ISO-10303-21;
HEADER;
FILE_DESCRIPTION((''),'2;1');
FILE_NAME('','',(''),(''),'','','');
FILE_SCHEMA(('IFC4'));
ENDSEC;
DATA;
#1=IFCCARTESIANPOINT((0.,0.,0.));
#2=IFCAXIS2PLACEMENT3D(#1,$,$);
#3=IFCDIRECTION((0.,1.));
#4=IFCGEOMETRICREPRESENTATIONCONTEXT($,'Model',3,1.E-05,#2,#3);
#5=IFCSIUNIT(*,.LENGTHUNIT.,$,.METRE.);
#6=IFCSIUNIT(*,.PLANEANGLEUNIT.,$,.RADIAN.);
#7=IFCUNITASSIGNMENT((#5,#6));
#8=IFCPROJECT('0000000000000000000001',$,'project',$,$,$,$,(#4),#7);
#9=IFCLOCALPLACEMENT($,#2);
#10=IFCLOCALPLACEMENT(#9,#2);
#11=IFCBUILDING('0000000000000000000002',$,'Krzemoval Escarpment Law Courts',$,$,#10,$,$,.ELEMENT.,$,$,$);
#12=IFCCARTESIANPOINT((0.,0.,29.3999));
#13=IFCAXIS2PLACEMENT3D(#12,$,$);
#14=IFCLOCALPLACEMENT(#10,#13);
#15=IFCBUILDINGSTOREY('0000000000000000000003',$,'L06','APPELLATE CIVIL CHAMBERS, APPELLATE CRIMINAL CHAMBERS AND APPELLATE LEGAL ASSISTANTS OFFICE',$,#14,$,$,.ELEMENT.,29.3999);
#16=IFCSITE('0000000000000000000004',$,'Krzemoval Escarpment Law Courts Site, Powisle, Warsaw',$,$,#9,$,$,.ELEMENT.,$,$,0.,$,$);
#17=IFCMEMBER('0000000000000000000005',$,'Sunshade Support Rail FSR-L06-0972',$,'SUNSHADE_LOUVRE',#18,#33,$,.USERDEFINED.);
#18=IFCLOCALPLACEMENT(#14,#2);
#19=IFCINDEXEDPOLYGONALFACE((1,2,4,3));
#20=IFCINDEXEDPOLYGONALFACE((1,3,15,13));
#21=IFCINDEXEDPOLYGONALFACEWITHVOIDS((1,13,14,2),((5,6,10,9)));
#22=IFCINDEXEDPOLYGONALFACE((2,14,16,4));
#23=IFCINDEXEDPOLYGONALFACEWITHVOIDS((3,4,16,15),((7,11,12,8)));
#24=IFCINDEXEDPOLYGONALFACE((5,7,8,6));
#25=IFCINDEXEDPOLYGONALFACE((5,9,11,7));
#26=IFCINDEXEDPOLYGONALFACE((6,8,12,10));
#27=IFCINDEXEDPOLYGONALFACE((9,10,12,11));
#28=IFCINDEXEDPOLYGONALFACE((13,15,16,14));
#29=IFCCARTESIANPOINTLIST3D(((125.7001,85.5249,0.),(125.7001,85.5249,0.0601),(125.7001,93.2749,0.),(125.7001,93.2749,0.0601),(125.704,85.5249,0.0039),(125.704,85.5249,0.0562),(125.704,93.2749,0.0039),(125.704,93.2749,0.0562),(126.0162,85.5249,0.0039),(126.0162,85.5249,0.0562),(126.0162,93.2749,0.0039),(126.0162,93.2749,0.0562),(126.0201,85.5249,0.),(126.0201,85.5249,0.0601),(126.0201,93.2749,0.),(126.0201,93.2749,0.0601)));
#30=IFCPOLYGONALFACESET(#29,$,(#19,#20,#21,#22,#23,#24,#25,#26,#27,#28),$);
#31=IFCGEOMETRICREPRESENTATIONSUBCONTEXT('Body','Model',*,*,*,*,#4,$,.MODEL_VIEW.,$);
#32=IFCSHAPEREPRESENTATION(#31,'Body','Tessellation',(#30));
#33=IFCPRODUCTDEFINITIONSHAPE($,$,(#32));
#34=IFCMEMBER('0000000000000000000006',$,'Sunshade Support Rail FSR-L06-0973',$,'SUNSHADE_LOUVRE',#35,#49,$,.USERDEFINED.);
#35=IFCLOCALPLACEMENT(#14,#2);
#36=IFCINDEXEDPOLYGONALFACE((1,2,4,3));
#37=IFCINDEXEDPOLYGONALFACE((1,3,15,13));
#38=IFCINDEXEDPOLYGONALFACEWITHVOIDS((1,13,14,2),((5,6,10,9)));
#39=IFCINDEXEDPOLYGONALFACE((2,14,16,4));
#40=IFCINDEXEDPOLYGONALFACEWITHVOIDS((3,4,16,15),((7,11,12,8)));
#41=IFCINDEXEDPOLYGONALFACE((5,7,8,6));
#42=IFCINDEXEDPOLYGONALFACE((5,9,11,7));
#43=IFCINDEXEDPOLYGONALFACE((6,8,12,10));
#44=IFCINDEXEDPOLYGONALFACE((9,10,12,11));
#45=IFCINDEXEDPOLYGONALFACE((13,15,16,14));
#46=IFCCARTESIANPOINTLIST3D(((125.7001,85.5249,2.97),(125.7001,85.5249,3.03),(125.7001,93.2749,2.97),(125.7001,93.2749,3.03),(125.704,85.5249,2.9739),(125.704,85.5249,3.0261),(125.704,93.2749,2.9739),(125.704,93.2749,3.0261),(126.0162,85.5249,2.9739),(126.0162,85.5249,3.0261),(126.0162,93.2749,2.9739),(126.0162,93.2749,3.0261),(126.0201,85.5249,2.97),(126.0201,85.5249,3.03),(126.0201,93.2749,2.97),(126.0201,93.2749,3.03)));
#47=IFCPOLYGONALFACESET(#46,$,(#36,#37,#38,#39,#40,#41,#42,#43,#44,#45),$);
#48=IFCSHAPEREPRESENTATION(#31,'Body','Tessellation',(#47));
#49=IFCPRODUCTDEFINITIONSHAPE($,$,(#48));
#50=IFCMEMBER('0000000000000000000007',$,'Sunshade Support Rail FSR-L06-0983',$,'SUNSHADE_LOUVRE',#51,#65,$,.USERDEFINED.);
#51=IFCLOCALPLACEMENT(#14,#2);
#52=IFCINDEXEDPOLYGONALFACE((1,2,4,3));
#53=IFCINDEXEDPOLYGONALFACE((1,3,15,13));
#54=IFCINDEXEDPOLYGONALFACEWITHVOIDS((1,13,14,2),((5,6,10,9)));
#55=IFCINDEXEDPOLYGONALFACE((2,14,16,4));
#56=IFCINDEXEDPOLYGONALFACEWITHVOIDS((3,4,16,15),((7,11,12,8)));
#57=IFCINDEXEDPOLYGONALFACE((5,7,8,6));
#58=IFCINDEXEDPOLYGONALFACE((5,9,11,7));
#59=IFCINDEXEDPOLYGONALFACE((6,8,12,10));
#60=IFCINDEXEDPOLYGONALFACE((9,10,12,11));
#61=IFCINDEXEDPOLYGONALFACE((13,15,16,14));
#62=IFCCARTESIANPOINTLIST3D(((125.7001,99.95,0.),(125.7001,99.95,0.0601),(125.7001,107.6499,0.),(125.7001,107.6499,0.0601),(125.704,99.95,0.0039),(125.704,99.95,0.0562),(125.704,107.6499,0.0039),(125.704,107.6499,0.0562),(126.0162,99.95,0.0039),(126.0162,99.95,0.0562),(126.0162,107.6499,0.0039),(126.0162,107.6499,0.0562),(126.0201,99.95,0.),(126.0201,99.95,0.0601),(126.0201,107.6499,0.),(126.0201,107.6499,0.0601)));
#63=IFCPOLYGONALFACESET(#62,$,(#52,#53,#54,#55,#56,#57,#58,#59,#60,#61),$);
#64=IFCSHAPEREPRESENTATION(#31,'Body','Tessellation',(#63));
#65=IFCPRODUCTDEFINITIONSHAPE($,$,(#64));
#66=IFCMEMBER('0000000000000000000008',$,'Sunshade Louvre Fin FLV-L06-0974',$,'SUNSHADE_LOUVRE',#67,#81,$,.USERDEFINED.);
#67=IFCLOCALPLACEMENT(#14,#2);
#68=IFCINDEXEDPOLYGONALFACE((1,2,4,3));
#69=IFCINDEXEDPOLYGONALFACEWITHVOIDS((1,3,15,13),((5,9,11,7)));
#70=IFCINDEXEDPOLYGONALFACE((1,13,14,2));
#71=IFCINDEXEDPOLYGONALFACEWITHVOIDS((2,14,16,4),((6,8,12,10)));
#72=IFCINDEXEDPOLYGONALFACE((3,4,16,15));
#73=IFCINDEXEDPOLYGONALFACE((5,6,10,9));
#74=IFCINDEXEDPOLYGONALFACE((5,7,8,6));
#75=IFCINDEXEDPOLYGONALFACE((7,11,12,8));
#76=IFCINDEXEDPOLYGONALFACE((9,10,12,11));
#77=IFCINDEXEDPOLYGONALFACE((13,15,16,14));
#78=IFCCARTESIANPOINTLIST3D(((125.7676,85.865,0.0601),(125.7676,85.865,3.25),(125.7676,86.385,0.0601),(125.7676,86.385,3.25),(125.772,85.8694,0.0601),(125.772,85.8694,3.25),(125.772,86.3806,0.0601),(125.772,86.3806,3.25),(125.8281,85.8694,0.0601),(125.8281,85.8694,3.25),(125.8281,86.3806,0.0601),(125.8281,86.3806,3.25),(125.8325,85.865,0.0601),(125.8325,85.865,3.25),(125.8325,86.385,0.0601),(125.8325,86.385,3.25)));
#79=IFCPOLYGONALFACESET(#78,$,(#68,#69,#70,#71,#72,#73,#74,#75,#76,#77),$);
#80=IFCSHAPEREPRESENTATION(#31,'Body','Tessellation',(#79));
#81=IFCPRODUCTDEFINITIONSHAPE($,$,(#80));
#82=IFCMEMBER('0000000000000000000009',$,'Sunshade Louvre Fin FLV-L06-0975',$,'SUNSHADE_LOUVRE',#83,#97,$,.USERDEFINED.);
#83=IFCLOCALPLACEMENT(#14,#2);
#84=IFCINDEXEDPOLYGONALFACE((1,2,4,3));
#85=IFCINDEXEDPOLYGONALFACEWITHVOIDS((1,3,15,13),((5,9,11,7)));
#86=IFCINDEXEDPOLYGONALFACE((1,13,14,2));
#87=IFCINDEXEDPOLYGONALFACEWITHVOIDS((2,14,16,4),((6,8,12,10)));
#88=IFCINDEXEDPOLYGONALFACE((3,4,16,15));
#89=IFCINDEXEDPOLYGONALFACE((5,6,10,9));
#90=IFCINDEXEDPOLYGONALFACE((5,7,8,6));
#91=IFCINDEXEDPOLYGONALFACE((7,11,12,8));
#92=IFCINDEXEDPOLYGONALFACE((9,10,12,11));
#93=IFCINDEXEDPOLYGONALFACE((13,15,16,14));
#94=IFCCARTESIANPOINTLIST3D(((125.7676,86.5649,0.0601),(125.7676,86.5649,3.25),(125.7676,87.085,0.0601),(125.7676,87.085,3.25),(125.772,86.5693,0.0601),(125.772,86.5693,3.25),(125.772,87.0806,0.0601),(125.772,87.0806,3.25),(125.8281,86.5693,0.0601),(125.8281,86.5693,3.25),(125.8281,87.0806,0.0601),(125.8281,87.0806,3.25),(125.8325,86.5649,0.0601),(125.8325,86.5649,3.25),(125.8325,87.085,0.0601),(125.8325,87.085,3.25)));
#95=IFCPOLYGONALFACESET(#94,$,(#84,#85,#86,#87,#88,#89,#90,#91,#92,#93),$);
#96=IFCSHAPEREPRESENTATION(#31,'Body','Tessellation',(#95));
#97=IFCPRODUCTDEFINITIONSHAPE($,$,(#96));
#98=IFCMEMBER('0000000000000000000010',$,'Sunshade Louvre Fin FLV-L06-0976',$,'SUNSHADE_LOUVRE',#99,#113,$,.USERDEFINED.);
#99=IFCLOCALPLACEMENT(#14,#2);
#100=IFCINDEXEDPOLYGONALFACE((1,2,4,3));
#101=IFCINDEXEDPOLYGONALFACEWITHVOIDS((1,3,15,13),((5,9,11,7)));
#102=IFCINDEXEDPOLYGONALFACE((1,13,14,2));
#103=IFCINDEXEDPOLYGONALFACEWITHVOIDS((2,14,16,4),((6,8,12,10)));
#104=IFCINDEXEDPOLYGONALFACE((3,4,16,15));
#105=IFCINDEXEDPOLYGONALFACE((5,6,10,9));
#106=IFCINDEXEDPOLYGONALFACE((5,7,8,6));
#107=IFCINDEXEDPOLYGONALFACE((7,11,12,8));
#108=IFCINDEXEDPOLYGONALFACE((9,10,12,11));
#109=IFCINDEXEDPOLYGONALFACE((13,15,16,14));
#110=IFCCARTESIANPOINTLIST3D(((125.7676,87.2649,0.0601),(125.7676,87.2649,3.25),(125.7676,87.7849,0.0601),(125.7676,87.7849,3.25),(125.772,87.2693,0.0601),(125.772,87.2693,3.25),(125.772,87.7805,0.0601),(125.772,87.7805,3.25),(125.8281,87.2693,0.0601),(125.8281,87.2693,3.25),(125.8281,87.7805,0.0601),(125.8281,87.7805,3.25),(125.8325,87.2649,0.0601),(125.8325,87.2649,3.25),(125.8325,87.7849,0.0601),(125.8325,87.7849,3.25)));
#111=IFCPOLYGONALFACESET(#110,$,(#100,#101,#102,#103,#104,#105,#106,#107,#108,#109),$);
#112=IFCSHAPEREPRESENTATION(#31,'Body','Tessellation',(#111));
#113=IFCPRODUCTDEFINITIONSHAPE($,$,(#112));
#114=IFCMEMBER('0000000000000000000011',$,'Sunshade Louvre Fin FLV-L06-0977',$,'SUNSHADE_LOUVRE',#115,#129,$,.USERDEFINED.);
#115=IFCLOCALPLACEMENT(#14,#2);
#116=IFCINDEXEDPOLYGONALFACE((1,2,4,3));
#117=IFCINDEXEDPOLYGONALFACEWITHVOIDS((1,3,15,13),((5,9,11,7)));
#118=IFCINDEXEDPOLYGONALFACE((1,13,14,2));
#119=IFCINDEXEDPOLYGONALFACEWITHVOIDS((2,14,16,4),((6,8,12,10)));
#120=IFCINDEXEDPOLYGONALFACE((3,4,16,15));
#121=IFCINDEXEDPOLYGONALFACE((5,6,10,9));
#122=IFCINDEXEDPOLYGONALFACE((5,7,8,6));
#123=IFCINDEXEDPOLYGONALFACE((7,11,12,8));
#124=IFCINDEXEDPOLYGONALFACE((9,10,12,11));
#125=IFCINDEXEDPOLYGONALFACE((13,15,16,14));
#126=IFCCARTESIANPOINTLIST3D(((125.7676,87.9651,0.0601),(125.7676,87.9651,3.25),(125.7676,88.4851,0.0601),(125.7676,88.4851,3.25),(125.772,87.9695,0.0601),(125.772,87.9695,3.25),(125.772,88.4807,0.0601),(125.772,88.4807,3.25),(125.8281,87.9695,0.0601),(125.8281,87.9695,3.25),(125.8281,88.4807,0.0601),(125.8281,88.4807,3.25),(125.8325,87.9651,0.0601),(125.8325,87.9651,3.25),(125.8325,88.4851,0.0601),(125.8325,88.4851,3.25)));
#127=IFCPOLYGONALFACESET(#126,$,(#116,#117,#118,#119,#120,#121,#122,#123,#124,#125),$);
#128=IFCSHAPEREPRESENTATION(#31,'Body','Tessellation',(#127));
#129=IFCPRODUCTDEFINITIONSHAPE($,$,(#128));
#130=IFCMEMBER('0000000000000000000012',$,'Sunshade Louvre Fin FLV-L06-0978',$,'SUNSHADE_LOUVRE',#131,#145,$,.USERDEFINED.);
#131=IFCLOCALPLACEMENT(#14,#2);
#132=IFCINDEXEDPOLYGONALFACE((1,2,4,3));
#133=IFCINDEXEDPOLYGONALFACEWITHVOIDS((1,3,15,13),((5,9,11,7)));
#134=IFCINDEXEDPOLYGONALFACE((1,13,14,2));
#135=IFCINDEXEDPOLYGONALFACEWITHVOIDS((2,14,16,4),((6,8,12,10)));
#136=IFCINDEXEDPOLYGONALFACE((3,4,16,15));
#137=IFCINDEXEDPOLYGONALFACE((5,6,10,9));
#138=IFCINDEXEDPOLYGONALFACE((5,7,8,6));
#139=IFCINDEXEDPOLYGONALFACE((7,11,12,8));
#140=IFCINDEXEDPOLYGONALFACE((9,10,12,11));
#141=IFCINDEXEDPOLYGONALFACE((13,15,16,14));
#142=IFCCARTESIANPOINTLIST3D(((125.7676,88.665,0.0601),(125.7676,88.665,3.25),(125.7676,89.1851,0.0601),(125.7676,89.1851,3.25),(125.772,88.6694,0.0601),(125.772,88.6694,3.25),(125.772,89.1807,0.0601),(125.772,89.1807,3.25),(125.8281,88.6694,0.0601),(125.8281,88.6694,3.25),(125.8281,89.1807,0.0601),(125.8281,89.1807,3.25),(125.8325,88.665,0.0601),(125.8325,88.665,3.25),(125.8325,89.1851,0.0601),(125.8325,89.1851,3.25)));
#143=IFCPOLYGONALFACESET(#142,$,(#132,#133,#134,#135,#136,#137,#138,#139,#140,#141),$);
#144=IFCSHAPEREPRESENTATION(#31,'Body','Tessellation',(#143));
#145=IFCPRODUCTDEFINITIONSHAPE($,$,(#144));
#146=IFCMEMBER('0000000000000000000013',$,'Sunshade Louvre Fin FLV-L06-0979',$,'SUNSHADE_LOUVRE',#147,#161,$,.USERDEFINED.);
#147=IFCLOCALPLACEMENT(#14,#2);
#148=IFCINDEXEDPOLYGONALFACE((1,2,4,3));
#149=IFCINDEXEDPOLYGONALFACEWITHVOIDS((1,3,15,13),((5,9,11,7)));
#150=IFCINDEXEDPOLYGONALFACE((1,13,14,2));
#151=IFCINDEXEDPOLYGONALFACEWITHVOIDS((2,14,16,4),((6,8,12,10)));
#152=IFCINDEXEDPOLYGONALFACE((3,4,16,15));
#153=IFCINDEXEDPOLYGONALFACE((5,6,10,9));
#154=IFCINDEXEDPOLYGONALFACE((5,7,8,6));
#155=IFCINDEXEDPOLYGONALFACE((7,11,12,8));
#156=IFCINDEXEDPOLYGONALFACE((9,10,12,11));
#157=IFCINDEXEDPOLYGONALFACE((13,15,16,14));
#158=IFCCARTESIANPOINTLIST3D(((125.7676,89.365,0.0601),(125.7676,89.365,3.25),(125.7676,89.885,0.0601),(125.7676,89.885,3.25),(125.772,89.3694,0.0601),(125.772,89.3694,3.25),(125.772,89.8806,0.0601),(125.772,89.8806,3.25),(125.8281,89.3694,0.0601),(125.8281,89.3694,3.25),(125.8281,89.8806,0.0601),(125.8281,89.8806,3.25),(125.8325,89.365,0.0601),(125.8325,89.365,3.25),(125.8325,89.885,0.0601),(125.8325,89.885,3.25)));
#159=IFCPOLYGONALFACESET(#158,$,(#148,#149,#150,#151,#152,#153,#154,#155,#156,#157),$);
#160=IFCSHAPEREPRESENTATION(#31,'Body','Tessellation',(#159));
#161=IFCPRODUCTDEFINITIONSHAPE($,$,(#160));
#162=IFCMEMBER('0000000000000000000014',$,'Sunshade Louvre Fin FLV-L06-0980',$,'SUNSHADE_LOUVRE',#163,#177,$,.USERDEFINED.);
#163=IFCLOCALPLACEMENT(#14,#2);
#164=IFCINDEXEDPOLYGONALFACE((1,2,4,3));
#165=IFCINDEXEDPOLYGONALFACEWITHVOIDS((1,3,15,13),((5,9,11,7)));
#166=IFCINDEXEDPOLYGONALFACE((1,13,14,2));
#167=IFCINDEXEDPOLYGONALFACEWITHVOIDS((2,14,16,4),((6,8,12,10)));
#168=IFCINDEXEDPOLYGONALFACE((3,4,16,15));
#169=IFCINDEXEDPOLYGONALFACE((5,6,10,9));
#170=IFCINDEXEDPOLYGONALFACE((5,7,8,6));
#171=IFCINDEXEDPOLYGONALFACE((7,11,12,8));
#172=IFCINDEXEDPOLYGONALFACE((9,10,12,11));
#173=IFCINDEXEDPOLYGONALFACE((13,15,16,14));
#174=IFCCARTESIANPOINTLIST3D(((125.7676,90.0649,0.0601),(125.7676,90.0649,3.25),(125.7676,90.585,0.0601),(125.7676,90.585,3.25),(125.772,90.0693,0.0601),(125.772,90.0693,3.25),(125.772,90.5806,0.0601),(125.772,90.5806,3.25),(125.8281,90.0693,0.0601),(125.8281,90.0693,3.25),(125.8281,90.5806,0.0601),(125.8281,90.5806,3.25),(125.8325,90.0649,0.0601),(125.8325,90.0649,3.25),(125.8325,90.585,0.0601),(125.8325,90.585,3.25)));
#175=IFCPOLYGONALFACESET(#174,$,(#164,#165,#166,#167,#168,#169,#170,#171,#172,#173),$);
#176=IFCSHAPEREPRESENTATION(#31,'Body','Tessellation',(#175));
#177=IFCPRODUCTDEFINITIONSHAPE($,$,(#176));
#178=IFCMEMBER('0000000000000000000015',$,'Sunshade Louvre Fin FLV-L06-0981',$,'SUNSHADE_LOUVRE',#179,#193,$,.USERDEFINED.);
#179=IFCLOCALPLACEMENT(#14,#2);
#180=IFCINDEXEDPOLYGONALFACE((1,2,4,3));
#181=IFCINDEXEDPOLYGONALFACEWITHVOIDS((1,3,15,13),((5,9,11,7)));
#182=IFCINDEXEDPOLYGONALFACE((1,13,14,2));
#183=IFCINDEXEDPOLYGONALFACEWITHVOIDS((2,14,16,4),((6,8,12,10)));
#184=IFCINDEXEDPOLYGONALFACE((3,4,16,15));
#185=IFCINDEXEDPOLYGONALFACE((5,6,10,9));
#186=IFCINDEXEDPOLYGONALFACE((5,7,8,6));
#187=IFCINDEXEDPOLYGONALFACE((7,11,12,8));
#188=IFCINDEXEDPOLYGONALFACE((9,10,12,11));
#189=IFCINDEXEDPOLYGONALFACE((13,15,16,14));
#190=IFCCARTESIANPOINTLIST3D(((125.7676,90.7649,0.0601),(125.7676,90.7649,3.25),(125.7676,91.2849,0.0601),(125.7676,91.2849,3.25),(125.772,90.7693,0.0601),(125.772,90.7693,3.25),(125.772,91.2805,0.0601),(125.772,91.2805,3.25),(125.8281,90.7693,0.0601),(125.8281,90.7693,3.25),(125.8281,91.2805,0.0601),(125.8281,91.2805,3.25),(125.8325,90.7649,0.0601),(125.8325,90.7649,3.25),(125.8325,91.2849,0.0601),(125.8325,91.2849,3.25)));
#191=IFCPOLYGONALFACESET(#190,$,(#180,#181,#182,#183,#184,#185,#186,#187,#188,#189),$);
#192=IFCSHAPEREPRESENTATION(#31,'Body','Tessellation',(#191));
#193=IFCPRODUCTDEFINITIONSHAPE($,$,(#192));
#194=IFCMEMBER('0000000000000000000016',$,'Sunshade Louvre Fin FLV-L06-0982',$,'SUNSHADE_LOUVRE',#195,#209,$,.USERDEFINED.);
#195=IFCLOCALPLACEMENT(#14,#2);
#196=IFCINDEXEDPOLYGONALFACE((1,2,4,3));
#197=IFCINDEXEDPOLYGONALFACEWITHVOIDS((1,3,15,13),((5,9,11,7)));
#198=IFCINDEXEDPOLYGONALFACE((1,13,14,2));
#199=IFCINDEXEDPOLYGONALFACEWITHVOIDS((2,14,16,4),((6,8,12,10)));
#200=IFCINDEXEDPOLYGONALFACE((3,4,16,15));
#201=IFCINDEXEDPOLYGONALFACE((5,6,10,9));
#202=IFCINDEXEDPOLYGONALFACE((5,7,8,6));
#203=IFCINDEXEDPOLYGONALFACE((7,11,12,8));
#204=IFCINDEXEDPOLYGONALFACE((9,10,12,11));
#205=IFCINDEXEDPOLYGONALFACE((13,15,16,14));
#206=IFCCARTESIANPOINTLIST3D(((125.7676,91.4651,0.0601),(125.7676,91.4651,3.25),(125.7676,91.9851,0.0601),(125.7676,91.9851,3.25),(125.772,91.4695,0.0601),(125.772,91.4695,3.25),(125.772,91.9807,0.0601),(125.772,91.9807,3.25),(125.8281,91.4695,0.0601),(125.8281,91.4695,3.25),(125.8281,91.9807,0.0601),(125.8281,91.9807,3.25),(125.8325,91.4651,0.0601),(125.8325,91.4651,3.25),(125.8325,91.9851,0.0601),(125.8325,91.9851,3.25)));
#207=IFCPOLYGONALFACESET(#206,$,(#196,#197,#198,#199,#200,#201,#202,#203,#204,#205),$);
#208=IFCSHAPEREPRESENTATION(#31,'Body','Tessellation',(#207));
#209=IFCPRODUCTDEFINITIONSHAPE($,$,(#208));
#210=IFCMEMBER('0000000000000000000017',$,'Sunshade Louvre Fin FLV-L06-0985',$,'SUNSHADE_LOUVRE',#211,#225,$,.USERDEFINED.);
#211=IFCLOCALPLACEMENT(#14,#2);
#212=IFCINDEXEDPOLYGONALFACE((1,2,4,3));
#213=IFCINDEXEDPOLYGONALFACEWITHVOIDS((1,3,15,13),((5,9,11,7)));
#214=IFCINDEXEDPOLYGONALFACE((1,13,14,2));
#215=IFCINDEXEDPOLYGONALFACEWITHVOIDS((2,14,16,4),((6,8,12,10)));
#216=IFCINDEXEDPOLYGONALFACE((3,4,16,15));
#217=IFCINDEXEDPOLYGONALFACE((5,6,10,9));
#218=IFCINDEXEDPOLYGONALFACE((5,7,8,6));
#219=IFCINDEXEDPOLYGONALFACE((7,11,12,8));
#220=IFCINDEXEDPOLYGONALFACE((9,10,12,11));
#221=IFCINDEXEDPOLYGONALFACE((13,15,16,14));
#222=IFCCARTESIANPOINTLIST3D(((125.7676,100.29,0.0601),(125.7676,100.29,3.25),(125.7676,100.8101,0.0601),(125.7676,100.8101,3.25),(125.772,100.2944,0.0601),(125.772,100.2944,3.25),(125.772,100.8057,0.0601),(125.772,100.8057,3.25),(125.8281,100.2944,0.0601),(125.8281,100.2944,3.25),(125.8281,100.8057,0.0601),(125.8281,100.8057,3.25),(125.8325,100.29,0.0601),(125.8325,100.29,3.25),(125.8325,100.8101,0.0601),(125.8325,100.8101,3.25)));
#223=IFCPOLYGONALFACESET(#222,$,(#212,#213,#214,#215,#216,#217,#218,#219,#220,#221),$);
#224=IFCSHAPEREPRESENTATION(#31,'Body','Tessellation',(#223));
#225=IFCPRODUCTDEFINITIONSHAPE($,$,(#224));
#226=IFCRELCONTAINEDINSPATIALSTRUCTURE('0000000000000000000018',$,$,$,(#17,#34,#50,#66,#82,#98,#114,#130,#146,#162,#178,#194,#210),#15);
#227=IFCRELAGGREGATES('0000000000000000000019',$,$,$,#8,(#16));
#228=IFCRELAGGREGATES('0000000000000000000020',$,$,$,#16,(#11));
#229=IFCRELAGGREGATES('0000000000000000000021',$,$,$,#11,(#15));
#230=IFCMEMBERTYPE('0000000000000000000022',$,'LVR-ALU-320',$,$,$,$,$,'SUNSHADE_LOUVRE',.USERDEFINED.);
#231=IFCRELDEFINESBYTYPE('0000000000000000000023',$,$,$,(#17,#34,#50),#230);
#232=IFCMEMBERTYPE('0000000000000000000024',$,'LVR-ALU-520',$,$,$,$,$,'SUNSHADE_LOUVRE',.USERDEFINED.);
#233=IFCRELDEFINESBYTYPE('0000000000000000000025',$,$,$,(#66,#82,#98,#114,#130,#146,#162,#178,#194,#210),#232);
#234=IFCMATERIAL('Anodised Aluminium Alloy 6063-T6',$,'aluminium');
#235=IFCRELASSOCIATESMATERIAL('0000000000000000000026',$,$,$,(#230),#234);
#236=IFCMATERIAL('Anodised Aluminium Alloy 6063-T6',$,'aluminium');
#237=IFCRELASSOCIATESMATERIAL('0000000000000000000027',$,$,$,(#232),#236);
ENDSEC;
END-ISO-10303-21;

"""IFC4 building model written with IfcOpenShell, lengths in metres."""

from ifc_helpers import new_model, si_unit, direction, frame, origin, origin_2d, place, context, subcontext, project, spatial, hollow_rectangle, extrude, material, material_profile, profile_set, type_object, element, save


model = new_model("IFC4")

# Units and contexts
model_context = context("Model", 3, precision=1e-05, world=origin(), true_north=direction((0.0, 1.0)))
body_context = subcontext(model_context, "Body", "Model", "MODEL_VIEW")
ifc_project = project(units=[si_unit("LENGTHUNIT", "METRE"), si_unit("PLANEANGLEUNIT", "RADIAN")], contexts=[model_context])

# Site, building, storey
site_placement = place(None, origin())
site = spatial("IfcSite", under=ifc_project, at=site_placement, Name="Krzemoval Escarpment Law Courts Site, Powisle, Warsaw", CompositionType="ELEMENT", RefElevation=0.0)
building_placement = place(site_placement, origin())
building = spatial("IfcBuilding", under=site, at=building_placement, Name="Krzemoval Escarpment Law Courts", CompositionType="ELEMENT")
storey_placement = place(building_placement, frame((0.0, 0.0, 29.3999)))
storey = spatial("IfcBuildingStorey", under=building, at=storey_placement, Name="L06", Description="APPELLATE CIVIL CHAMBERS, APPELLATE CRIMINAL CHAMBERS AND APPELLATE LEGAL ASSISTANTS OFFICE", CompositionType="ELEMENT", Elevation=29.3999)

# Members
ifc_material_1 = material(Name="Anodised Aluminium Alloy 6063-T6", Category="aluminium")
ifc_material_profile_1 = material_profile(ifc_material_1, hollow_rectangle(XDim=0.0601, YDim=0.3201, WallThickness=0.0039, at=origin_2d()), Name="ALU LVR 60x320")
ifc_profile_set_1 = profile_set([ifc_material_profile_1], Name="Anodised Aluminium Alloy 6063-T6")
member_type_1 = type_object("IfcMemberType", Name="LVR-ALU-320", ElementType="SUNSHADE_LOUVRE", PredefinedType="USERDEFINED", material=ifc_profile_set_1)
for number, where, z_axis, x_axis, name in (
    (1, (125.8601, 85.5249, 0.03), (0.0, 1.0, 0.0), (0.0, 0.0, 1.0), "Sunshade Support Rail FSR-L06-0972"),
    (2, (125.8601, 85.5249, 3.0), (0.0, 1.0, 0.0), (0.0, 0.0, 1.0), "Sunshade Support Rail FSR-L06-0973"),
):
    element("IfcMember", number, at=place(storey_placement, frame(where, z_axis=z_axis, x_axis=x_axis)), inside=storey, type_object=member_type_1, Name=name, ObjectType="SUNSHADE_LOUVRE", PredefinedType="USERDEFINED", context=body_context, shape_type="SweptSolid", body=[
        extrude(hollow_rectangle(XDim=0.0601, YDim=0.3201, WallThickness=0.0039, at=origin_2d()), origin(), (0.0, 0.0, 1.0), 7.75),
    ])
member_placement = place(storey_placement, frame((125.8601, 99.95, 0.03), z_axis=(0.0, 1.0, 0.0), x_axis=(0.0, 0.0, 1.0)))
element("IfcMember", 3, at=member_placement, inside=storey, type_object=member_type_1, Name="Sunshade Support Rail FSR-L06-0983", ObjectType="SUNSHADE_LOUVRE", PredefinedType="USERDEFINED", context=body_context, shape_type="SweptSolid", body=[
    extrude(hollow_rectangle(XDim=0.0601, YDim=0.3201, WallThickness=0.0039, at=origin_2d()), origin(), (0.0, 0.0, 1.0), 7.7),
])
ifc_material_2 = material(Name="Anodised Aluminium Alloy 6063-T6", Category="aluminium")
ifc_material_profile_2 = material_profile(ifc_material_2, hollow_rectangle(XDim=0.0649, YDim=0.52, WallThickness=0.0044, at=origin_2d()), Name="ALU LVR 65x520")
ifc_profile_set_2 = profile_set([ifc_material_profile_2], Name="Anodised Aluminium Alloy 6063-T6")
member_type_2 = type_object("IfcMemberType", Name="LVR-ALU-520", ElementType="SUNSHADE_LOUVRE", PredefinedType="USERDEFINED", material=ifc_profile_set_2)
for number, where, z_axis, x_axis, name in (
    (4, (125.8, 86.125, 0.0601), (0.0, 0.0, 1.0), (1.0, 0.0, 0.0), "Sunshade Louvre Fin FLV-L06-0974"),
    (5, (125.8, 86.825, 0.0601), (0.0, 0.0, 1.0), (1.0, 0.0, 0.0), "Sunshade Louvre Fin FLV-L06-0975"),
    (6, (125.8, 87.5249, 0.0601), (0.0, 0.0, 1.0), (1.0, 0.0, 0.0), "Sunshade Louvre Fin FLV-L06-0976"),
    (7, (125.8, 88.2251, 0.0601), (0.0, 0.0, 1.0), (1.0, 0.0, 0.0), "Sunshade Louvre Fin FLV-L06-0977"),
    (8, (125.8, 88.925, 0.0601), (0.0, 0.0, 1.0), (1.0, 0.0, 0.0), "Sunshade Louvre Fin FLV-L06-0978"),
    (9, (125.8, 89.625, 0.0601), (0.0, 0.0, 1.0), (1.0, 0.0, 0.0), "Sunshade Louvre Fin FLV-L06-0979"),
    (10, (125.8, 90.325, 0.0601), (0.0, 0.0, 1.0), (1.0, 0.0, 0.0), "Sunshade Louvre Fin FLV-L06-0980"),
    (11, (125.8, 91.0249, 0.0601), (0.0, 0.0, 1.0), (1.0, 0.0, 0.0), "Sunshade Louvre Fin FLV-L06-0981"),
    (12, (125.8, 91.7251, 0.0601), (0.0, 0.0, 1.0), (1.0, 0.0, 0.0), "Sunshade Louvre Fin FLV-L06-0982"),
    (13, (125.8, 100.55, 0.0601), (0.0, 0.0, 1.0), (1.0, 0.0, 0.0), "Sunshade Louvre Fin FLV-L06-0985"),
):
    element("IfcMember", number, at=place(storey_placement, frame(where, z_axis=z_axis, x_axis=x_axis)), inside=storey, type_object=member_type_2, Name=name, ObjectType="SUNSHADE_LOUVRE", PredefinedType="USERDEFINED", context=body_context, shape_type="SweptSolid", body=[
        extrude(hollow_rectangle(XDim=0.0649, YDim=0.52, WallThickness=0.0044, at=origin_2d()), origin(), (0.0, 0.0, 1.0), 3.1899),
    ])

save(model, "model.ifc")
